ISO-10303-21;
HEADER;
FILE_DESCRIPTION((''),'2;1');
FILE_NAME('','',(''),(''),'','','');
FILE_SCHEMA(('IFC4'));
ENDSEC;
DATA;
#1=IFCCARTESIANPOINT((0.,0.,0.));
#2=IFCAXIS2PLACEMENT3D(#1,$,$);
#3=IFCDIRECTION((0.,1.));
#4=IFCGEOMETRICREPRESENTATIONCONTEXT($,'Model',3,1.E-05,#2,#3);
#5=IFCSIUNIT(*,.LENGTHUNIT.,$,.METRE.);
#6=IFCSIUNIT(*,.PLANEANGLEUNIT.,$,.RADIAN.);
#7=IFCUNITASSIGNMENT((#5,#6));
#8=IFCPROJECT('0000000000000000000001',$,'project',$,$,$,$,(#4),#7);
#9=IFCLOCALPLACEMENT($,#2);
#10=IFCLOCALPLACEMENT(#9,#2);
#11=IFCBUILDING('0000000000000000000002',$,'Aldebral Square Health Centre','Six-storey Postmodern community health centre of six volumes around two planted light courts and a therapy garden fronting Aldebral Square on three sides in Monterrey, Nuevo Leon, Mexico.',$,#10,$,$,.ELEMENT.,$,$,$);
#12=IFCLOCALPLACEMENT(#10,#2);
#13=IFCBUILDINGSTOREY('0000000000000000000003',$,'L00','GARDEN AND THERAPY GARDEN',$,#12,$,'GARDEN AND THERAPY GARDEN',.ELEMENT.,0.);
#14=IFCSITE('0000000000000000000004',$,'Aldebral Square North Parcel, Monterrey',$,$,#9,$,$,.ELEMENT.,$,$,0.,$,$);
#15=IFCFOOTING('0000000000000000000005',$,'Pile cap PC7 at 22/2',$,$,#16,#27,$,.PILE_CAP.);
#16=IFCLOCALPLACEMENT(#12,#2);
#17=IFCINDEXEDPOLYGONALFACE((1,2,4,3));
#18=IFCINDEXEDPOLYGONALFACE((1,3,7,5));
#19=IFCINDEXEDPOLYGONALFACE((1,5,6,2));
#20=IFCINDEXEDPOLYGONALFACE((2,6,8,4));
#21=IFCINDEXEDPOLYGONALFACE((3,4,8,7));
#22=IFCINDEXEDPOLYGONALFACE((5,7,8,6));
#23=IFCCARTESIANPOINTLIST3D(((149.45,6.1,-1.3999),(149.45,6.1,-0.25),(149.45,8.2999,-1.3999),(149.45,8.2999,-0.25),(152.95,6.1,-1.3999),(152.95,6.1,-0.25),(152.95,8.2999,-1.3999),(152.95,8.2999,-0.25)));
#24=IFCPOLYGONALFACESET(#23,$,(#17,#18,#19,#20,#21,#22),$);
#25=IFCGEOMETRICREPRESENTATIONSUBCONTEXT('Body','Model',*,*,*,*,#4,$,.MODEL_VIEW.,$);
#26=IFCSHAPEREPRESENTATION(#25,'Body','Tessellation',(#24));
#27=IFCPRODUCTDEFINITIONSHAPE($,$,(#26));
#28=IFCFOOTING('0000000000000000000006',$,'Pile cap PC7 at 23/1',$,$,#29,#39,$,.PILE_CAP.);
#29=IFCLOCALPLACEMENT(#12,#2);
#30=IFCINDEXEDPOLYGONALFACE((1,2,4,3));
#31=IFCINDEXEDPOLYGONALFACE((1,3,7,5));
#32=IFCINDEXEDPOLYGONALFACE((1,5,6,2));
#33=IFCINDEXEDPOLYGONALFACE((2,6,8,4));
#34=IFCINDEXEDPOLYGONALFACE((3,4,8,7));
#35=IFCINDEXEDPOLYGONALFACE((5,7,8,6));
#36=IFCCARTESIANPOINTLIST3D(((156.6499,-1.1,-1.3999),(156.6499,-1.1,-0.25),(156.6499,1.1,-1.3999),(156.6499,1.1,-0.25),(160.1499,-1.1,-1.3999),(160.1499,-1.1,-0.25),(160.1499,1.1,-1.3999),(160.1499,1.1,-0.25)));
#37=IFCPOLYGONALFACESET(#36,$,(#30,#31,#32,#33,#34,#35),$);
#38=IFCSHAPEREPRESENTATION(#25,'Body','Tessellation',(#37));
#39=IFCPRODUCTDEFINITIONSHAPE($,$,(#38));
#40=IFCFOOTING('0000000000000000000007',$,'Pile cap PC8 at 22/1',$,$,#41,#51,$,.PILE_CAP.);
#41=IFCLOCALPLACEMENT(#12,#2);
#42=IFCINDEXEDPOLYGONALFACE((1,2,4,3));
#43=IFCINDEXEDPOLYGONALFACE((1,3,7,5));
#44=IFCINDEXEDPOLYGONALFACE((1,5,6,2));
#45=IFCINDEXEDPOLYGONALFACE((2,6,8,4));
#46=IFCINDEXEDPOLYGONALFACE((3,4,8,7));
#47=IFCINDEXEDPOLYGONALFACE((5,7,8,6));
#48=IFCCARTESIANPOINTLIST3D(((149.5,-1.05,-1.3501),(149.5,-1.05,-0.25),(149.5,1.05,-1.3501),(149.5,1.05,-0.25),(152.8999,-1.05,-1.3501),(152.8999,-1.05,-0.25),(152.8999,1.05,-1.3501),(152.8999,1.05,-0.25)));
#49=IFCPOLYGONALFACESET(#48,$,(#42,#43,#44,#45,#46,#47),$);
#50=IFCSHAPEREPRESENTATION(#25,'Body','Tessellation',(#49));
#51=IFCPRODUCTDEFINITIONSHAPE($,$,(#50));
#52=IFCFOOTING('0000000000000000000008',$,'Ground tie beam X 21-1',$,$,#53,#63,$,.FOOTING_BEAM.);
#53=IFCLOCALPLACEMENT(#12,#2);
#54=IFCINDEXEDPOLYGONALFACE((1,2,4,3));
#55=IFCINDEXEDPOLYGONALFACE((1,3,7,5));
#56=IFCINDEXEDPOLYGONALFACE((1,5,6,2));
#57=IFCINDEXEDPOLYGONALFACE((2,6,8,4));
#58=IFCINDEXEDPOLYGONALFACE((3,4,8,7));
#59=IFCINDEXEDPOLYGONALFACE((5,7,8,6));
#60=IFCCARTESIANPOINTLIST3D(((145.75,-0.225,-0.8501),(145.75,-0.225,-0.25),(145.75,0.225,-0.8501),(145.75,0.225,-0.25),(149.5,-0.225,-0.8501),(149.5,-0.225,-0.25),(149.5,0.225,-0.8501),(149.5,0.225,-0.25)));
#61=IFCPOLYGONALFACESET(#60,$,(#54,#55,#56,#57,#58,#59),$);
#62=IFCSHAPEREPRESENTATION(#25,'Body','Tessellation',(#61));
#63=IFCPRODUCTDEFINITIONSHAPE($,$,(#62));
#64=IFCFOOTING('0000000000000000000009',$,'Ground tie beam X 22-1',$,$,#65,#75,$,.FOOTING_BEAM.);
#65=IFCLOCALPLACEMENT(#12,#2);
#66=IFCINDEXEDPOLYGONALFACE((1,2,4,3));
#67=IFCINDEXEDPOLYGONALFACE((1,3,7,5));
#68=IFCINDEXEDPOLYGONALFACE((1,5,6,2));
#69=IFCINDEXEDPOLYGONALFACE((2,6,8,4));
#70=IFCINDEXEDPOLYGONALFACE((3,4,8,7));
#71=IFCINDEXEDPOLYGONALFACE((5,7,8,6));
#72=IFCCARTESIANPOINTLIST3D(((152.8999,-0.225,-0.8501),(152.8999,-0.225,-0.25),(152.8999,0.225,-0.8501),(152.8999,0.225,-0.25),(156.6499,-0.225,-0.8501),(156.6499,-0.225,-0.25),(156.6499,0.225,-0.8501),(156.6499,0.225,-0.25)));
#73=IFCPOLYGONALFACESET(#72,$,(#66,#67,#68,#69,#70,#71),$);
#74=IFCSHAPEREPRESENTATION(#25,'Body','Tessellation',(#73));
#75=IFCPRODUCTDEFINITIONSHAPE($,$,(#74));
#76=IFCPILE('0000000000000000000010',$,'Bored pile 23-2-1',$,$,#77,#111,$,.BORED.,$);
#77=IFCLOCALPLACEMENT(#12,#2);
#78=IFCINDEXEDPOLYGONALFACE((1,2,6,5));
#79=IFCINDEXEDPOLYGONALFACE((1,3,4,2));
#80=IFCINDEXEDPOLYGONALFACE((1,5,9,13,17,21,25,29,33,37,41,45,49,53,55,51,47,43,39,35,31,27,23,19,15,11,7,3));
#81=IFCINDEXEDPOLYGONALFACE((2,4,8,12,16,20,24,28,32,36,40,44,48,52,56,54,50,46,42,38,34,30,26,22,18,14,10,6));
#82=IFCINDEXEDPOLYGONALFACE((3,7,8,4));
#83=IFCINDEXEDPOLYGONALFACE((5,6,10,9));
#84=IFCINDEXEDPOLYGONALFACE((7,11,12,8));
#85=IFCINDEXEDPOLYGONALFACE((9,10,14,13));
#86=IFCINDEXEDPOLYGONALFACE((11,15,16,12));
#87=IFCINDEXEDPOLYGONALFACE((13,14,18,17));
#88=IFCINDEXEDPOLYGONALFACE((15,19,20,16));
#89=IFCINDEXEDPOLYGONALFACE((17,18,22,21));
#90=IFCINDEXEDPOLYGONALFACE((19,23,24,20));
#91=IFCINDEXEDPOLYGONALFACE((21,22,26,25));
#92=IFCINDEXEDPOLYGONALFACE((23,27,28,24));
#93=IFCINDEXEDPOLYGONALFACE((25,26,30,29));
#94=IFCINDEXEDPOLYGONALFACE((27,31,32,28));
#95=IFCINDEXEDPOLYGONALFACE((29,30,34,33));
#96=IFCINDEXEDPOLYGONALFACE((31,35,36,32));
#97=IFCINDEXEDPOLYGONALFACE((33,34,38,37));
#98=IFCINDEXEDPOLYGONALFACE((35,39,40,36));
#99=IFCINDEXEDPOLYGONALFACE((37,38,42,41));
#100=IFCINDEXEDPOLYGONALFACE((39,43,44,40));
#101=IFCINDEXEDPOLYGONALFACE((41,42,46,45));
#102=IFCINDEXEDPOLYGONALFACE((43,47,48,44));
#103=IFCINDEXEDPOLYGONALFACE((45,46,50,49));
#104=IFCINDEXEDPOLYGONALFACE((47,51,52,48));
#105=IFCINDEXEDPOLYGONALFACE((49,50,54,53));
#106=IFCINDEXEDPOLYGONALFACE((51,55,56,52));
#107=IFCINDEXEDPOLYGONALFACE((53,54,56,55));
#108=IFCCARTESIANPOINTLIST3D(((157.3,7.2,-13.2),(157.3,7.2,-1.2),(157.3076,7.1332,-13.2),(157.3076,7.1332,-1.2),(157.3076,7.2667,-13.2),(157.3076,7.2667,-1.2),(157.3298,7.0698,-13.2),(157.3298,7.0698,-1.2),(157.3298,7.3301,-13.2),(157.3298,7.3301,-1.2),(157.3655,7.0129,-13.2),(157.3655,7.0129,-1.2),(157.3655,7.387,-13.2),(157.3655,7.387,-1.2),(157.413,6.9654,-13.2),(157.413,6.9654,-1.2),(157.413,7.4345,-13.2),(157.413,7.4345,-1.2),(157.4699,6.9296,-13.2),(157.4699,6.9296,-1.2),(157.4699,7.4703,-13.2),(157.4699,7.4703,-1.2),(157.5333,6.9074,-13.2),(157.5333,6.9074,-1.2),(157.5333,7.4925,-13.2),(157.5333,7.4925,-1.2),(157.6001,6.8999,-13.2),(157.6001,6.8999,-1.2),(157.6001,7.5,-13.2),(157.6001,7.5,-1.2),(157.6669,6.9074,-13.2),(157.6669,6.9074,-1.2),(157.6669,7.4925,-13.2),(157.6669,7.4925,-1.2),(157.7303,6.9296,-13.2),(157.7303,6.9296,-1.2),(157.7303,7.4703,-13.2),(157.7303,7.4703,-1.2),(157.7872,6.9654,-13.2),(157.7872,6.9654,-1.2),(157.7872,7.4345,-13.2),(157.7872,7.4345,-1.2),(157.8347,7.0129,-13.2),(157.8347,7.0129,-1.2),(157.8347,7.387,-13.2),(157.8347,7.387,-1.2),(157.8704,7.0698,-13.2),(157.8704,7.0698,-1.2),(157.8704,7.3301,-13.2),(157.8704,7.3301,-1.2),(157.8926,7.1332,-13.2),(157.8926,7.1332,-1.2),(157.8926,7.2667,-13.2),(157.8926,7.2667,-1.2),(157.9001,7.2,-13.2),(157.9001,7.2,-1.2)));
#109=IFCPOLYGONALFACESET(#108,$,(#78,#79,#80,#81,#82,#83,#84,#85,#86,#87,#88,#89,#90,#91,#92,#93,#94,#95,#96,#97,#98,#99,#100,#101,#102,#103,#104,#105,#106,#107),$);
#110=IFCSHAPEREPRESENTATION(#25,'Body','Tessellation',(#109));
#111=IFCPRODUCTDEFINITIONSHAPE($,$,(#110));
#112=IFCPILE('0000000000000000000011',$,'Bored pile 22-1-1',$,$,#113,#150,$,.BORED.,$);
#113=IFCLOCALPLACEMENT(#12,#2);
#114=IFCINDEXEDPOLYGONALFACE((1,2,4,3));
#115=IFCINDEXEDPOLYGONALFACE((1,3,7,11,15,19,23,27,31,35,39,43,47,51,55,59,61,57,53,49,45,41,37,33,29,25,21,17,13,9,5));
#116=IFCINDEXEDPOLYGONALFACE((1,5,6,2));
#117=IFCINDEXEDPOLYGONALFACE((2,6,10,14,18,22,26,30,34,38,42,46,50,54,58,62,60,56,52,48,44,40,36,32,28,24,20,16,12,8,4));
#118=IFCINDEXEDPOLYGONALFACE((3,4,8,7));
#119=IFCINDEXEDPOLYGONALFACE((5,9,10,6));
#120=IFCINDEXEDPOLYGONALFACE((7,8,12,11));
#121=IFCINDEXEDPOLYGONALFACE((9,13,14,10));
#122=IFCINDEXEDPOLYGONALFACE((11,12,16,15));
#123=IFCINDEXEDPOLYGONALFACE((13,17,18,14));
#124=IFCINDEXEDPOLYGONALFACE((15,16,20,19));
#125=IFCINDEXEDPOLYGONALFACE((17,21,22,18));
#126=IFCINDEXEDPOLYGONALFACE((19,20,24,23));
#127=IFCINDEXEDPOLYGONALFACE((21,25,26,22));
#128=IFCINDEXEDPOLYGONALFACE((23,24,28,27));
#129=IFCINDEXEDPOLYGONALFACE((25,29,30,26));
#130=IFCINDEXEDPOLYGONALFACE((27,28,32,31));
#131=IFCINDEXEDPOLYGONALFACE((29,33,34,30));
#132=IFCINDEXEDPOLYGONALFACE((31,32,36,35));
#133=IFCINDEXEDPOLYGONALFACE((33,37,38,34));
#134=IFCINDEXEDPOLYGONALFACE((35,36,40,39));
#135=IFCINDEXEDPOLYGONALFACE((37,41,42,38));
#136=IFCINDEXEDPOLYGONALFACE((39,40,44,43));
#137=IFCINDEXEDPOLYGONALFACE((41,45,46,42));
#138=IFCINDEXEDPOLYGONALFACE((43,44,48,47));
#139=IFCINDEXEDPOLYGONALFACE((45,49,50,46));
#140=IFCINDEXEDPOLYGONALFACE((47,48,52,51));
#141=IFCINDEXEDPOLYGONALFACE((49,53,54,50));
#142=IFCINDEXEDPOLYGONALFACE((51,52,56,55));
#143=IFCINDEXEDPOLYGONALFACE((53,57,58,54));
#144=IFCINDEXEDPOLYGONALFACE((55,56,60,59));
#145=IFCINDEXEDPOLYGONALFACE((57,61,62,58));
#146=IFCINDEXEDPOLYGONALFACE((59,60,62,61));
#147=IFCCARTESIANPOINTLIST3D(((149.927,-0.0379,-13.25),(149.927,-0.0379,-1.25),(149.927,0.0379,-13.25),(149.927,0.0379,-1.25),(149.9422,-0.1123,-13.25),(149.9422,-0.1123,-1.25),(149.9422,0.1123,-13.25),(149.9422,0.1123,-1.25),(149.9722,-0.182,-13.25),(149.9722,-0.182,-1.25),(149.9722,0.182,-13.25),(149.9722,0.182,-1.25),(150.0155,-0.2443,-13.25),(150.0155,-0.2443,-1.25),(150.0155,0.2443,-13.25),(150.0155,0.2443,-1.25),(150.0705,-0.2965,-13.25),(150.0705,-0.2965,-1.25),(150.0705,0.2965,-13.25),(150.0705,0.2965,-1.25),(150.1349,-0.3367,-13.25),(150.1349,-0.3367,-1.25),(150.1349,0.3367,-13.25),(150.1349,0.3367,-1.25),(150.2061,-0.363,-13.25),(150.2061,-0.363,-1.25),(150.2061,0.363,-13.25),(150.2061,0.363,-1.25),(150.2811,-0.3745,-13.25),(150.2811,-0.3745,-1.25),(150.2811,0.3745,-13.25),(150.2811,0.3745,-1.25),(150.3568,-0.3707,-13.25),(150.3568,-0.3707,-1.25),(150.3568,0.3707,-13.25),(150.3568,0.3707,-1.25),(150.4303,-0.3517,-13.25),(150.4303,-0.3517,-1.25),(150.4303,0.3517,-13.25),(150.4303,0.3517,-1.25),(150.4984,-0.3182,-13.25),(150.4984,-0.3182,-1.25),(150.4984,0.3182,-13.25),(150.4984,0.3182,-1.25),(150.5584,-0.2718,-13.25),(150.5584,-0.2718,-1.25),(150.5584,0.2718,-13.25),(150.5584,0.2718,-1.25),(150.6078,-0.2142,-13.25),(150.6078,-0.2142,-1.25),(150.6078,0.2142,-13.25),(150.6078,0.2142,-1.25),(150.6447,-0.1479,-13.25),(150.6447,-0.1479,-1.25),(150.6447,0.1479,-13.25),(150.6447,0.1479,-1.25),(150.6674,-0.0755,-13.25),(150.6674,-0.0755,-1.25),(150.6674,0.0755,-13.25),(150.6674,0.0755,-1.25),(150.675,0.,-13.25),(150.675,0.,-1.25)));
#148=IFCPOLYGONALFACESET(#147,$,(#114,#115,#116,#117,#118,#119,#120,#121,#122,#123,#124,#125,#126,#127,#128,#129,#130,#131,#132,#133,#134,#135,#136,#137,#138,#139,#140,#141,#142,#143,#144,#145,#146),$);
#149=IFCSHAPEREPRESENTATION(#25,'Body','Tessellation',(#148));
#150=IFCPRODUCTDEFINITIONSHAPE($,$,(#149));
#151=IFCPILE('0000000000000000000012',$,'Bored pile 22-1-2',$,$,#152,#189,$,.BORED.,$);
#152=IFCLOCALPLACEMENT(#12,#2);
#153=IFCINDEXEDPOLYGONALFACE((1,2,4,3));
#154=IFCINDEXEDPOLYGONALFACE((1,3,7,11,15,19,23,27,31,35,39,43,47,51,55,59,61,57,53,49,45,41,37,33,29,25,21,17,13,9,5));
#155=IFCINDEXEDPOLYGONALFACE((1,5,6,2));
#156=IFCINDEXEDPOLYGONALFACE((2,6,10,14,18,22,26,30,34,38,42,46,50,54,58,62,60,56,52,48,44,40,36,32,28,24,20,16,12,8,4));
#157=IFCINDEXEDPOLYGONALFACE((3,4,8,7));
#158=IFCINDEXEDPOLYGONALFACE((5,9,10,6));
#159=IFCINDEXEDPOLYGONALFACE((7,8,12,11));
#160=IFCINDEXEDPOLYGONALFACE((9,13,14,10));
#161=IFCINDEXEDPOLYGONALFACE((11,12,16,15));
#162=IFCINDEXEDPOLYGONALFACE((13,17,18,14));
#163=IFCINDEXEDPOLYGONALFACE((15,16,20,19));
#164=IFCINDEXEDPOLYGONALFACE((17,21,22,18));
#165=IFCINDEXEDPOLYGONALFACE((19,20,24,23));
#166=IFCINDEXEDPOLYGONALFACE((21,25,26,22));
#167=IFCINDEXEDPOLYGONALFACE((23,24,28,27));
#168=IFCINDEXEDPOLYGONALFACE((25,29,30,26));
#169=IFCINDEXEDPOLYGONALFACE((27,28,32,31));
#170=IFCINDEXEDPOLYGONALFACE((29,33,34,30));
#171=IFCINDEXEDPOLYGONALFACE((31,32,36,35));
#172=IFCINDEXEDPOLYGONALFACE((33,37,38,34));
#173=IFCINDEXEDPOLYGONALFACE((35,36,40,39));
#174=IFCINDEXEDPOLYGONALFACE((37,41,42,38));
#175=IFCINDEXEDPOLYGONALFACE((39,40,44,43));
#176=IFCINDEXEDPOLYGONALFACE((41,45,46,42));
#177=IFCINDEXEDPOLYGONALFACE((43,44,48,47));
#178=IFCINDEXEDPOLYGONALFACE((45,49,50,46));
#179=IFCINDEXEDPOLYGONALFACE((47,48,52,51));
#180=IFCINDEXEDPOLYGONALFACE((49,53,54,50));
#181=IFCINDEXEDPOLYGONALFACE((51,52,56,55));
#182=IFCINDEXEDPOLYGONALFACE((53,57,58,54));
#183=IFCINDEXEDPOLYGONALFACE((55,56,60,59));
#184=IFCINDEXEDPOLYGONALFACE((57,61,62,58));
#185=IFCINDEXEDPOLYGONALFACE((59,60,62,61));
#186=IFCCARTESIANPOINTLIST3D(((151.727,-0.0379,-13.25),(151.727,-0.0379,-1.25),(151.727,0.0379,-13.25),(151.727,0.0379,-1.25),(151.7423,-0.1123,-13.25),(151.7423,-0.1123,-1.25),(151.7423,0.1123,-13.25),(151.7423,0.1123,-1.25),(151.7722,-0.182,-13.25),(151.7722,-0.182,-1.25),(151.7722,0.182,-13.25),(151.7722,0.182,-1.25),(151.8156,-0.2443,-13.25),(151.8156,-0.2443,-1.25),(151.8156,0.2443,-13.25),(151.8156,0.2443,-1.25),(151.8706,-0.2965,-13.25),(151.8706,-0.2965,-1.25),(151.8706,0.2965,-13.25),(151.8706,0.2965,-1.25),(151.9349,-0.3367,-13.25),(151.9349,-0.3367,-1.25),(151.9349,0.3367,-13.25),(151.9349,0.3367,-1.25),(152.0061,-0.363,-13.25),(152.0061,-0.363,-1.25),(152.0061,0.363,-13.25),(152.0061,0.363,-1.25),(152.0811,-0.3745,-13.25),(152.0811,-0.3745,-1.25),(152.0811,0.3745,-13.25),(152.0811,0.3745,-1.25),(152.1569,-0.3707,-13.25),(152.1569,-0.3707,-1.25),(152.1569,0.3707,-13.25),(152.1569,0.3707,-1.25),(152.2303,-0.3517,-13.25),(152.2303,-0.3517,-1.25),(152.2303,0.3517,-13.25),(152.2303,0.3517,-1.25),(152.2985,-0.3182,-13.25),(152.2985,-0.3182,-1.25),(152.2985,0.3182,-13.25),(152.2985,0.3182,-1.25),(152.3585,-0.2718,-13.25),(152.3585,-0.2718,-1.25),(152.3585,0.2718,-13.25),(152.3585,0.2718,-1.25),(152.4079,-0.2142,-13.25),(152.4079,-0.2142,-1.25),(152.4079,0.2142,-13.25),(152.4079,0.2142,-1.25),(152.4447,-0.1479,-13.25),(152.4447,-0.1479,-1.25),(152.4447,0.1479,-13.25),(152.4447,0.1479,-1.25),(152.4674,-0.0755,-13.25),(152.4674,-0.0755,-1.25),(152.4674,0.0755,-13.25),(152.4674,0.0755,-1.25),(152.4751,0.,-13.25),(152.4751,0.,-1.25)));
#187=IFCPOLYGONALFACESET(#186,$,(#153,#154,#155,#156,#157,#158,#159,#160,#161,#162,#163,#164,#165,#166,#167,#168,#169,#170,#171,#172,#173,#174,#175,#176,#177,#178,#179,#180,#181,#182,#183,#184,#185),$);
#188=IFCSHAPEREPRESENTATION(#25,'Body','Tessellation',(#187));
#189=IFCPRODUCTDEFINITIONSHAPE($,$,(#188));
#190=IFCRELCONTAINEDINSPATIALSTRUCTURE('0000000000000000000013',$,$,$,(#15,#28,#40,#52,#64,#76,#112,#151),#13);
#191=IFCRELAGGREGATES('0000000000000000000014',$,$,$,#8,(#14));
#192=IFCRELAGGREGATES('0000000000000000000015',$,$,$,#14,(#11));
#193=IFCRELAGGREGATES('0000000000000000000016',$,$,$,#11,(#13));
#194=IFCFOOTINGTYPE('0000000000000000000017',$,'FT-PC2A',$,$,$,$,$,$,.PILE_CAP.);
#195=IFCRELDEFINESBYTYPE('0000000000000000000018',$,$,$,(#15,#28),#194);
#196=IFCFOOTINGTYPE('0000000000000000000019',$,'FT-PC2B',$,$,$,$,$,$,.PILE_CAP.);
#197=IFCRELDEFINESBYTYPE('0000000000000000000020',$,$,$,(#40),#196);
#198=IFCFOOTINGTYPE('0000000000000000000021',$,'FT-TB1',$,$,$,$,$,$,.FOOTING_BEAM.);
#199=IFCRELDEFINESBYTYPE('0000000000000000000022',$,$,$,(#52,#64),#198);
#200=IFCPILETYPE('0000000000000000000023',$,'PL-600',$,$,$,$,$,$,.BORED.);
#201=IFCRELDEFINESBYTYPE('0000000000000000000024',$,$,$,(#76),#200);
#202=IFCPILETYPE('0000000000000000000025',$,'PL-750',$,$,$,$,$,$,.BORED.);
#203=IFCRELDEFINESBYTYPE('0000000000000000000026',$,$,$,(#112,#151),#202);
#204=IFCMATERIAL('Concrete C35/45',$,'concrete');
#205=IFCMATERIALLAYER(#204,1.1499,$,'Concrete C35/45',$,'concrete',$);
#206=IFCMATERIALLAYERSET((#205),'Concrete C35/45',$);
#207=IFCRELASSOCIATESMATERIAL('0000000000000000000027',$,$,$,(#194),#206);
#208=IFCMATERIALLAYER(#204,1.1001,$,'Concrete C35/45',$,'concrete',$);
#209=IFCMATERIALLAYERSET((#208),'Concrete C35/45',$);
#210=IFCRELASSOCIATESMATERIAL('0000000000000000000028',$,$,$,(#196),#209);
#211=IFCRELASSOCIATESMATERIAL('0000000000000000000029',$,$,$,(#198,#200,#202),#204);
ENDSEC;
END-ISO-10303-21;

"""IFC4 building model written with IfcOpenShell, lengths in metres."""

from ifc_helpers import new_model, si_unit, direction, frame, origin, origin_2d, place, context, subcontext, project, spatial, rectangle, circle, extrude, material, layer, layer_set, material_profile, profile_set, type_object, element, save


model = new_model("IFC4")

# Units and contexts
model_context = context("Model", 3, precision=1e-05, world=origin(), true_north=direction((0.0, 1.0)))
body_context = subcontext(model_context, "Body", "Model", "MODEL_VIEW")
ifc_project = project(units=[si_unit("LENGTHUNIT", "METRE"), si_unit("PLANEANGLEUNIT", "RADIAN")], contexts=[model_context])

# Site, building, storey
site_placement = place(None, origin())
site = spatial("IfcSite", under=ifc_project, at=site_placement, Name="Aldebral Square North Parcel, Monterrey", CompositionType="ELEMENT", RefElevation=0.0)
building_placement = place(site_placement, origin())
building = spatial("IfcBuilding", under=site, at=building_placement, Name="Aldebral Square Health Centre", Description="Six-storey Postmodern community health centre of six volumes around two planted light courts and a therapy garden fronting Aldebral Square on three sides in Monterrey, Nuevo Leon, Mexico.", CompositionType="ELEMENT")
storey_placement = place(building_placement, origin())
storey = spatial("IfcBuildingStorey", under=building, at=storey_placement, Name="L00", Description="GARDEN AND THERAPY GARDEN", LongName="GARDEN AND THERAPY GARDEN", CompositionType="ELEMENT", Elevation=0.0)

# Footings
ifc_material_1 = material(Name="Concrete C35/45", Category="concrete")
ifc_layer_1 = layer(ifc_material_1, 1.1499, Name="Concrete C35/45", Category="concrete")
ifc_layer_set_1 = layer_set([ifc_layer_1], Name="Concrete C35/45")
footing_type_1 = type_object("IfcFootingType", Name="FT-PC2A", PredefinedType="PILE_CAP", material=ifc_layer_set_1)
for number, where, z_axis, x_axis, name in (
    (1, (151.2, 7.2, -1.3999), (0.0, 0.0, 1.0), (1.0, 0.0, 0.0), "Pile cap PC7 at 22/2"),
    (2, (158.3999, 0.0, -1.3999), (0.0, 0.0, 1.0), (1.0, 0.0, 0.0), "Pile cap PC7 at 23/1"),
):
    element("IfcFooting", number, at=place(storey_placement, frame(where, z_axis=z_axis, x_axis=x_axis)), inside=storey, type_object=footing_type_1, Name=name, PredefinedType="PILE_CAP", context=body_context, shape_type="SweptSolid", body=[
        extrude(rectangle(XDim=3.5, YDim=2.2, at=origin_2d()), origin(), (0.0, 0.0, 1.0), 1.1499),
    ])
ifc_layer_2 = layer(ifc_material_1, 1.1001, Name="Concrete C35/45", Category="concrete")
ifc_layer_set_2 = layer_set([ifc_layer_2], Name="Concrete C35/45")
footing_type_2 = type_object("IfcFootingType", Name="FT-PC2B", PredefinedType="PILE_CAP", material=ifc_layer_set_2)
footing_placement = place(storey_placement, frame((151.2, 0.0, -1.3501), z_axis=(0.0, 0.0, 1.0), x_axis=(1.0, 0.0, 0.0)))
element("IfcFooting", 3, at=footing_placement, inside=storey, type_object=footing_type_2, Name="Pile cap PC8 at 22/1", PredefinedType="PILE_CAP", context=body_context, shape_type="SweptSolid", body=[
    extrude(rectangle(XDim=3.3999, YDim=2.1001, at=origin_2d()), origin(), (0.0, 0.0, 1.0), 1.1001),
])
ifc_material_profile_1 = material_profile(ifc_material_1, rectangle(XDim=0.45, YDim=0.6001, at=origin_2d()), Name="RC 450x600")
ifc_profile_set_1 = profile_set([ifc_material_profile_1], Name="Concrete C35/45")
footing_type_3 = type_object("IfcFootingType", Name="FT-TB1", PredefinedType="FOOTING_BEAM", material=ifc_profile_set_1)
for number, where, z_axis, x_axis, name in (
    (4, (145.75, 0.0, -0.55), (1.0, 0.0, 0.0), (0.0, 1.0, 0.0), "Ground tie beam X 21-1"),
    (5, (152.8999, 0.0, -0.55), (1.0, 0.0, 0.0), (0.0, 1.0, 0.0), "Ground tie beam X 22-1"),
):
    element("IfcFooting", number, at=place(storey_placement, frame(where, z_axis=z_axis, x_axis=x_axis)), inside=storey, type_object=footing_type_3, Name=name, PredefinedType="FOOTING_BEAM", context=body_context, shape_type="SweptSolid", body=[
        extrude(rectangle(XDim=0.45, YDim=0.6001, at=origin_2d()), origin(), (0.0, 0.0, 1.0), 3.75),
    ])

# Piles
ifc_material_profile_2 = material_profile(ifc_material_1, circle(Radius=0.3, at=origin_2d()), Name="PILE D600")
ifc_profile_set_2 = profile_set([ifc_material_profile_2], Name="Concrete C35/45")
pile_type_1 = type_object("IfcPileType", Name="PL-600", PredefinedType="BORED", material=ifc_profile_set_2)
pile_placement = place(storey_placement, frame((157.6001, 7.2, -1.2), z_axis=(0.0, 0.0, -1.0), x_axis=(1.0, 0.0, 0.0)))
element("IfcPile", 6, at=pile_placement, inside=storey, type_object=pile_type_1, Name="Bored pile 23-2-1", PredefinedType="BORED", context=body_context, shape_type="SweptSolid", body=[
    extrude(circle(Radius=0.3, at=origin_2d()), origin(), (0.0, 0.0, 1.0), 12.0),
])
ifc_material_profile_3 = material_profile(ifc_material_1, circle(Radius=0.375, at=origin_2d()), Name="PILE D750")
ifc_profile_set_3 = profile_set([ifc_material_profile_3], Name="Concrete C35/45")
pile_type_2 = type_object("IfcPileType", Name="PL-750", PredefinedType="BORED", material=ifc_profile_set_3)
for number, where, z_axis, x_axis, name in (
    (7, (150.3, 0.0, -1.25), (0.0, 0.0, -1.0), (1.0, 0.0, 0.0), "Bored pile 22-1-1"),
    (8, (152.1001, 0.0, -1.25), (0.0, 0.0, -1.0), (1.0, 0.0, 0.0), "Bored pile 22-1-2"),
):
    element("IfcPile", number, at=place(storey_placement, frame(where, z_axis=z_axis, x_axis=x_axis)), inside=storey, type_object=pile_type_2, Name=name, PredefinedType="BORED", context=body_context, shape_type="SweptSolid", body=[
        extrude(circle(Radius=0.375, at=origin_2d()), origin(), (0.0, 0.0, 1.0), 12.0),
    ])

save(model, "model.ifc")
